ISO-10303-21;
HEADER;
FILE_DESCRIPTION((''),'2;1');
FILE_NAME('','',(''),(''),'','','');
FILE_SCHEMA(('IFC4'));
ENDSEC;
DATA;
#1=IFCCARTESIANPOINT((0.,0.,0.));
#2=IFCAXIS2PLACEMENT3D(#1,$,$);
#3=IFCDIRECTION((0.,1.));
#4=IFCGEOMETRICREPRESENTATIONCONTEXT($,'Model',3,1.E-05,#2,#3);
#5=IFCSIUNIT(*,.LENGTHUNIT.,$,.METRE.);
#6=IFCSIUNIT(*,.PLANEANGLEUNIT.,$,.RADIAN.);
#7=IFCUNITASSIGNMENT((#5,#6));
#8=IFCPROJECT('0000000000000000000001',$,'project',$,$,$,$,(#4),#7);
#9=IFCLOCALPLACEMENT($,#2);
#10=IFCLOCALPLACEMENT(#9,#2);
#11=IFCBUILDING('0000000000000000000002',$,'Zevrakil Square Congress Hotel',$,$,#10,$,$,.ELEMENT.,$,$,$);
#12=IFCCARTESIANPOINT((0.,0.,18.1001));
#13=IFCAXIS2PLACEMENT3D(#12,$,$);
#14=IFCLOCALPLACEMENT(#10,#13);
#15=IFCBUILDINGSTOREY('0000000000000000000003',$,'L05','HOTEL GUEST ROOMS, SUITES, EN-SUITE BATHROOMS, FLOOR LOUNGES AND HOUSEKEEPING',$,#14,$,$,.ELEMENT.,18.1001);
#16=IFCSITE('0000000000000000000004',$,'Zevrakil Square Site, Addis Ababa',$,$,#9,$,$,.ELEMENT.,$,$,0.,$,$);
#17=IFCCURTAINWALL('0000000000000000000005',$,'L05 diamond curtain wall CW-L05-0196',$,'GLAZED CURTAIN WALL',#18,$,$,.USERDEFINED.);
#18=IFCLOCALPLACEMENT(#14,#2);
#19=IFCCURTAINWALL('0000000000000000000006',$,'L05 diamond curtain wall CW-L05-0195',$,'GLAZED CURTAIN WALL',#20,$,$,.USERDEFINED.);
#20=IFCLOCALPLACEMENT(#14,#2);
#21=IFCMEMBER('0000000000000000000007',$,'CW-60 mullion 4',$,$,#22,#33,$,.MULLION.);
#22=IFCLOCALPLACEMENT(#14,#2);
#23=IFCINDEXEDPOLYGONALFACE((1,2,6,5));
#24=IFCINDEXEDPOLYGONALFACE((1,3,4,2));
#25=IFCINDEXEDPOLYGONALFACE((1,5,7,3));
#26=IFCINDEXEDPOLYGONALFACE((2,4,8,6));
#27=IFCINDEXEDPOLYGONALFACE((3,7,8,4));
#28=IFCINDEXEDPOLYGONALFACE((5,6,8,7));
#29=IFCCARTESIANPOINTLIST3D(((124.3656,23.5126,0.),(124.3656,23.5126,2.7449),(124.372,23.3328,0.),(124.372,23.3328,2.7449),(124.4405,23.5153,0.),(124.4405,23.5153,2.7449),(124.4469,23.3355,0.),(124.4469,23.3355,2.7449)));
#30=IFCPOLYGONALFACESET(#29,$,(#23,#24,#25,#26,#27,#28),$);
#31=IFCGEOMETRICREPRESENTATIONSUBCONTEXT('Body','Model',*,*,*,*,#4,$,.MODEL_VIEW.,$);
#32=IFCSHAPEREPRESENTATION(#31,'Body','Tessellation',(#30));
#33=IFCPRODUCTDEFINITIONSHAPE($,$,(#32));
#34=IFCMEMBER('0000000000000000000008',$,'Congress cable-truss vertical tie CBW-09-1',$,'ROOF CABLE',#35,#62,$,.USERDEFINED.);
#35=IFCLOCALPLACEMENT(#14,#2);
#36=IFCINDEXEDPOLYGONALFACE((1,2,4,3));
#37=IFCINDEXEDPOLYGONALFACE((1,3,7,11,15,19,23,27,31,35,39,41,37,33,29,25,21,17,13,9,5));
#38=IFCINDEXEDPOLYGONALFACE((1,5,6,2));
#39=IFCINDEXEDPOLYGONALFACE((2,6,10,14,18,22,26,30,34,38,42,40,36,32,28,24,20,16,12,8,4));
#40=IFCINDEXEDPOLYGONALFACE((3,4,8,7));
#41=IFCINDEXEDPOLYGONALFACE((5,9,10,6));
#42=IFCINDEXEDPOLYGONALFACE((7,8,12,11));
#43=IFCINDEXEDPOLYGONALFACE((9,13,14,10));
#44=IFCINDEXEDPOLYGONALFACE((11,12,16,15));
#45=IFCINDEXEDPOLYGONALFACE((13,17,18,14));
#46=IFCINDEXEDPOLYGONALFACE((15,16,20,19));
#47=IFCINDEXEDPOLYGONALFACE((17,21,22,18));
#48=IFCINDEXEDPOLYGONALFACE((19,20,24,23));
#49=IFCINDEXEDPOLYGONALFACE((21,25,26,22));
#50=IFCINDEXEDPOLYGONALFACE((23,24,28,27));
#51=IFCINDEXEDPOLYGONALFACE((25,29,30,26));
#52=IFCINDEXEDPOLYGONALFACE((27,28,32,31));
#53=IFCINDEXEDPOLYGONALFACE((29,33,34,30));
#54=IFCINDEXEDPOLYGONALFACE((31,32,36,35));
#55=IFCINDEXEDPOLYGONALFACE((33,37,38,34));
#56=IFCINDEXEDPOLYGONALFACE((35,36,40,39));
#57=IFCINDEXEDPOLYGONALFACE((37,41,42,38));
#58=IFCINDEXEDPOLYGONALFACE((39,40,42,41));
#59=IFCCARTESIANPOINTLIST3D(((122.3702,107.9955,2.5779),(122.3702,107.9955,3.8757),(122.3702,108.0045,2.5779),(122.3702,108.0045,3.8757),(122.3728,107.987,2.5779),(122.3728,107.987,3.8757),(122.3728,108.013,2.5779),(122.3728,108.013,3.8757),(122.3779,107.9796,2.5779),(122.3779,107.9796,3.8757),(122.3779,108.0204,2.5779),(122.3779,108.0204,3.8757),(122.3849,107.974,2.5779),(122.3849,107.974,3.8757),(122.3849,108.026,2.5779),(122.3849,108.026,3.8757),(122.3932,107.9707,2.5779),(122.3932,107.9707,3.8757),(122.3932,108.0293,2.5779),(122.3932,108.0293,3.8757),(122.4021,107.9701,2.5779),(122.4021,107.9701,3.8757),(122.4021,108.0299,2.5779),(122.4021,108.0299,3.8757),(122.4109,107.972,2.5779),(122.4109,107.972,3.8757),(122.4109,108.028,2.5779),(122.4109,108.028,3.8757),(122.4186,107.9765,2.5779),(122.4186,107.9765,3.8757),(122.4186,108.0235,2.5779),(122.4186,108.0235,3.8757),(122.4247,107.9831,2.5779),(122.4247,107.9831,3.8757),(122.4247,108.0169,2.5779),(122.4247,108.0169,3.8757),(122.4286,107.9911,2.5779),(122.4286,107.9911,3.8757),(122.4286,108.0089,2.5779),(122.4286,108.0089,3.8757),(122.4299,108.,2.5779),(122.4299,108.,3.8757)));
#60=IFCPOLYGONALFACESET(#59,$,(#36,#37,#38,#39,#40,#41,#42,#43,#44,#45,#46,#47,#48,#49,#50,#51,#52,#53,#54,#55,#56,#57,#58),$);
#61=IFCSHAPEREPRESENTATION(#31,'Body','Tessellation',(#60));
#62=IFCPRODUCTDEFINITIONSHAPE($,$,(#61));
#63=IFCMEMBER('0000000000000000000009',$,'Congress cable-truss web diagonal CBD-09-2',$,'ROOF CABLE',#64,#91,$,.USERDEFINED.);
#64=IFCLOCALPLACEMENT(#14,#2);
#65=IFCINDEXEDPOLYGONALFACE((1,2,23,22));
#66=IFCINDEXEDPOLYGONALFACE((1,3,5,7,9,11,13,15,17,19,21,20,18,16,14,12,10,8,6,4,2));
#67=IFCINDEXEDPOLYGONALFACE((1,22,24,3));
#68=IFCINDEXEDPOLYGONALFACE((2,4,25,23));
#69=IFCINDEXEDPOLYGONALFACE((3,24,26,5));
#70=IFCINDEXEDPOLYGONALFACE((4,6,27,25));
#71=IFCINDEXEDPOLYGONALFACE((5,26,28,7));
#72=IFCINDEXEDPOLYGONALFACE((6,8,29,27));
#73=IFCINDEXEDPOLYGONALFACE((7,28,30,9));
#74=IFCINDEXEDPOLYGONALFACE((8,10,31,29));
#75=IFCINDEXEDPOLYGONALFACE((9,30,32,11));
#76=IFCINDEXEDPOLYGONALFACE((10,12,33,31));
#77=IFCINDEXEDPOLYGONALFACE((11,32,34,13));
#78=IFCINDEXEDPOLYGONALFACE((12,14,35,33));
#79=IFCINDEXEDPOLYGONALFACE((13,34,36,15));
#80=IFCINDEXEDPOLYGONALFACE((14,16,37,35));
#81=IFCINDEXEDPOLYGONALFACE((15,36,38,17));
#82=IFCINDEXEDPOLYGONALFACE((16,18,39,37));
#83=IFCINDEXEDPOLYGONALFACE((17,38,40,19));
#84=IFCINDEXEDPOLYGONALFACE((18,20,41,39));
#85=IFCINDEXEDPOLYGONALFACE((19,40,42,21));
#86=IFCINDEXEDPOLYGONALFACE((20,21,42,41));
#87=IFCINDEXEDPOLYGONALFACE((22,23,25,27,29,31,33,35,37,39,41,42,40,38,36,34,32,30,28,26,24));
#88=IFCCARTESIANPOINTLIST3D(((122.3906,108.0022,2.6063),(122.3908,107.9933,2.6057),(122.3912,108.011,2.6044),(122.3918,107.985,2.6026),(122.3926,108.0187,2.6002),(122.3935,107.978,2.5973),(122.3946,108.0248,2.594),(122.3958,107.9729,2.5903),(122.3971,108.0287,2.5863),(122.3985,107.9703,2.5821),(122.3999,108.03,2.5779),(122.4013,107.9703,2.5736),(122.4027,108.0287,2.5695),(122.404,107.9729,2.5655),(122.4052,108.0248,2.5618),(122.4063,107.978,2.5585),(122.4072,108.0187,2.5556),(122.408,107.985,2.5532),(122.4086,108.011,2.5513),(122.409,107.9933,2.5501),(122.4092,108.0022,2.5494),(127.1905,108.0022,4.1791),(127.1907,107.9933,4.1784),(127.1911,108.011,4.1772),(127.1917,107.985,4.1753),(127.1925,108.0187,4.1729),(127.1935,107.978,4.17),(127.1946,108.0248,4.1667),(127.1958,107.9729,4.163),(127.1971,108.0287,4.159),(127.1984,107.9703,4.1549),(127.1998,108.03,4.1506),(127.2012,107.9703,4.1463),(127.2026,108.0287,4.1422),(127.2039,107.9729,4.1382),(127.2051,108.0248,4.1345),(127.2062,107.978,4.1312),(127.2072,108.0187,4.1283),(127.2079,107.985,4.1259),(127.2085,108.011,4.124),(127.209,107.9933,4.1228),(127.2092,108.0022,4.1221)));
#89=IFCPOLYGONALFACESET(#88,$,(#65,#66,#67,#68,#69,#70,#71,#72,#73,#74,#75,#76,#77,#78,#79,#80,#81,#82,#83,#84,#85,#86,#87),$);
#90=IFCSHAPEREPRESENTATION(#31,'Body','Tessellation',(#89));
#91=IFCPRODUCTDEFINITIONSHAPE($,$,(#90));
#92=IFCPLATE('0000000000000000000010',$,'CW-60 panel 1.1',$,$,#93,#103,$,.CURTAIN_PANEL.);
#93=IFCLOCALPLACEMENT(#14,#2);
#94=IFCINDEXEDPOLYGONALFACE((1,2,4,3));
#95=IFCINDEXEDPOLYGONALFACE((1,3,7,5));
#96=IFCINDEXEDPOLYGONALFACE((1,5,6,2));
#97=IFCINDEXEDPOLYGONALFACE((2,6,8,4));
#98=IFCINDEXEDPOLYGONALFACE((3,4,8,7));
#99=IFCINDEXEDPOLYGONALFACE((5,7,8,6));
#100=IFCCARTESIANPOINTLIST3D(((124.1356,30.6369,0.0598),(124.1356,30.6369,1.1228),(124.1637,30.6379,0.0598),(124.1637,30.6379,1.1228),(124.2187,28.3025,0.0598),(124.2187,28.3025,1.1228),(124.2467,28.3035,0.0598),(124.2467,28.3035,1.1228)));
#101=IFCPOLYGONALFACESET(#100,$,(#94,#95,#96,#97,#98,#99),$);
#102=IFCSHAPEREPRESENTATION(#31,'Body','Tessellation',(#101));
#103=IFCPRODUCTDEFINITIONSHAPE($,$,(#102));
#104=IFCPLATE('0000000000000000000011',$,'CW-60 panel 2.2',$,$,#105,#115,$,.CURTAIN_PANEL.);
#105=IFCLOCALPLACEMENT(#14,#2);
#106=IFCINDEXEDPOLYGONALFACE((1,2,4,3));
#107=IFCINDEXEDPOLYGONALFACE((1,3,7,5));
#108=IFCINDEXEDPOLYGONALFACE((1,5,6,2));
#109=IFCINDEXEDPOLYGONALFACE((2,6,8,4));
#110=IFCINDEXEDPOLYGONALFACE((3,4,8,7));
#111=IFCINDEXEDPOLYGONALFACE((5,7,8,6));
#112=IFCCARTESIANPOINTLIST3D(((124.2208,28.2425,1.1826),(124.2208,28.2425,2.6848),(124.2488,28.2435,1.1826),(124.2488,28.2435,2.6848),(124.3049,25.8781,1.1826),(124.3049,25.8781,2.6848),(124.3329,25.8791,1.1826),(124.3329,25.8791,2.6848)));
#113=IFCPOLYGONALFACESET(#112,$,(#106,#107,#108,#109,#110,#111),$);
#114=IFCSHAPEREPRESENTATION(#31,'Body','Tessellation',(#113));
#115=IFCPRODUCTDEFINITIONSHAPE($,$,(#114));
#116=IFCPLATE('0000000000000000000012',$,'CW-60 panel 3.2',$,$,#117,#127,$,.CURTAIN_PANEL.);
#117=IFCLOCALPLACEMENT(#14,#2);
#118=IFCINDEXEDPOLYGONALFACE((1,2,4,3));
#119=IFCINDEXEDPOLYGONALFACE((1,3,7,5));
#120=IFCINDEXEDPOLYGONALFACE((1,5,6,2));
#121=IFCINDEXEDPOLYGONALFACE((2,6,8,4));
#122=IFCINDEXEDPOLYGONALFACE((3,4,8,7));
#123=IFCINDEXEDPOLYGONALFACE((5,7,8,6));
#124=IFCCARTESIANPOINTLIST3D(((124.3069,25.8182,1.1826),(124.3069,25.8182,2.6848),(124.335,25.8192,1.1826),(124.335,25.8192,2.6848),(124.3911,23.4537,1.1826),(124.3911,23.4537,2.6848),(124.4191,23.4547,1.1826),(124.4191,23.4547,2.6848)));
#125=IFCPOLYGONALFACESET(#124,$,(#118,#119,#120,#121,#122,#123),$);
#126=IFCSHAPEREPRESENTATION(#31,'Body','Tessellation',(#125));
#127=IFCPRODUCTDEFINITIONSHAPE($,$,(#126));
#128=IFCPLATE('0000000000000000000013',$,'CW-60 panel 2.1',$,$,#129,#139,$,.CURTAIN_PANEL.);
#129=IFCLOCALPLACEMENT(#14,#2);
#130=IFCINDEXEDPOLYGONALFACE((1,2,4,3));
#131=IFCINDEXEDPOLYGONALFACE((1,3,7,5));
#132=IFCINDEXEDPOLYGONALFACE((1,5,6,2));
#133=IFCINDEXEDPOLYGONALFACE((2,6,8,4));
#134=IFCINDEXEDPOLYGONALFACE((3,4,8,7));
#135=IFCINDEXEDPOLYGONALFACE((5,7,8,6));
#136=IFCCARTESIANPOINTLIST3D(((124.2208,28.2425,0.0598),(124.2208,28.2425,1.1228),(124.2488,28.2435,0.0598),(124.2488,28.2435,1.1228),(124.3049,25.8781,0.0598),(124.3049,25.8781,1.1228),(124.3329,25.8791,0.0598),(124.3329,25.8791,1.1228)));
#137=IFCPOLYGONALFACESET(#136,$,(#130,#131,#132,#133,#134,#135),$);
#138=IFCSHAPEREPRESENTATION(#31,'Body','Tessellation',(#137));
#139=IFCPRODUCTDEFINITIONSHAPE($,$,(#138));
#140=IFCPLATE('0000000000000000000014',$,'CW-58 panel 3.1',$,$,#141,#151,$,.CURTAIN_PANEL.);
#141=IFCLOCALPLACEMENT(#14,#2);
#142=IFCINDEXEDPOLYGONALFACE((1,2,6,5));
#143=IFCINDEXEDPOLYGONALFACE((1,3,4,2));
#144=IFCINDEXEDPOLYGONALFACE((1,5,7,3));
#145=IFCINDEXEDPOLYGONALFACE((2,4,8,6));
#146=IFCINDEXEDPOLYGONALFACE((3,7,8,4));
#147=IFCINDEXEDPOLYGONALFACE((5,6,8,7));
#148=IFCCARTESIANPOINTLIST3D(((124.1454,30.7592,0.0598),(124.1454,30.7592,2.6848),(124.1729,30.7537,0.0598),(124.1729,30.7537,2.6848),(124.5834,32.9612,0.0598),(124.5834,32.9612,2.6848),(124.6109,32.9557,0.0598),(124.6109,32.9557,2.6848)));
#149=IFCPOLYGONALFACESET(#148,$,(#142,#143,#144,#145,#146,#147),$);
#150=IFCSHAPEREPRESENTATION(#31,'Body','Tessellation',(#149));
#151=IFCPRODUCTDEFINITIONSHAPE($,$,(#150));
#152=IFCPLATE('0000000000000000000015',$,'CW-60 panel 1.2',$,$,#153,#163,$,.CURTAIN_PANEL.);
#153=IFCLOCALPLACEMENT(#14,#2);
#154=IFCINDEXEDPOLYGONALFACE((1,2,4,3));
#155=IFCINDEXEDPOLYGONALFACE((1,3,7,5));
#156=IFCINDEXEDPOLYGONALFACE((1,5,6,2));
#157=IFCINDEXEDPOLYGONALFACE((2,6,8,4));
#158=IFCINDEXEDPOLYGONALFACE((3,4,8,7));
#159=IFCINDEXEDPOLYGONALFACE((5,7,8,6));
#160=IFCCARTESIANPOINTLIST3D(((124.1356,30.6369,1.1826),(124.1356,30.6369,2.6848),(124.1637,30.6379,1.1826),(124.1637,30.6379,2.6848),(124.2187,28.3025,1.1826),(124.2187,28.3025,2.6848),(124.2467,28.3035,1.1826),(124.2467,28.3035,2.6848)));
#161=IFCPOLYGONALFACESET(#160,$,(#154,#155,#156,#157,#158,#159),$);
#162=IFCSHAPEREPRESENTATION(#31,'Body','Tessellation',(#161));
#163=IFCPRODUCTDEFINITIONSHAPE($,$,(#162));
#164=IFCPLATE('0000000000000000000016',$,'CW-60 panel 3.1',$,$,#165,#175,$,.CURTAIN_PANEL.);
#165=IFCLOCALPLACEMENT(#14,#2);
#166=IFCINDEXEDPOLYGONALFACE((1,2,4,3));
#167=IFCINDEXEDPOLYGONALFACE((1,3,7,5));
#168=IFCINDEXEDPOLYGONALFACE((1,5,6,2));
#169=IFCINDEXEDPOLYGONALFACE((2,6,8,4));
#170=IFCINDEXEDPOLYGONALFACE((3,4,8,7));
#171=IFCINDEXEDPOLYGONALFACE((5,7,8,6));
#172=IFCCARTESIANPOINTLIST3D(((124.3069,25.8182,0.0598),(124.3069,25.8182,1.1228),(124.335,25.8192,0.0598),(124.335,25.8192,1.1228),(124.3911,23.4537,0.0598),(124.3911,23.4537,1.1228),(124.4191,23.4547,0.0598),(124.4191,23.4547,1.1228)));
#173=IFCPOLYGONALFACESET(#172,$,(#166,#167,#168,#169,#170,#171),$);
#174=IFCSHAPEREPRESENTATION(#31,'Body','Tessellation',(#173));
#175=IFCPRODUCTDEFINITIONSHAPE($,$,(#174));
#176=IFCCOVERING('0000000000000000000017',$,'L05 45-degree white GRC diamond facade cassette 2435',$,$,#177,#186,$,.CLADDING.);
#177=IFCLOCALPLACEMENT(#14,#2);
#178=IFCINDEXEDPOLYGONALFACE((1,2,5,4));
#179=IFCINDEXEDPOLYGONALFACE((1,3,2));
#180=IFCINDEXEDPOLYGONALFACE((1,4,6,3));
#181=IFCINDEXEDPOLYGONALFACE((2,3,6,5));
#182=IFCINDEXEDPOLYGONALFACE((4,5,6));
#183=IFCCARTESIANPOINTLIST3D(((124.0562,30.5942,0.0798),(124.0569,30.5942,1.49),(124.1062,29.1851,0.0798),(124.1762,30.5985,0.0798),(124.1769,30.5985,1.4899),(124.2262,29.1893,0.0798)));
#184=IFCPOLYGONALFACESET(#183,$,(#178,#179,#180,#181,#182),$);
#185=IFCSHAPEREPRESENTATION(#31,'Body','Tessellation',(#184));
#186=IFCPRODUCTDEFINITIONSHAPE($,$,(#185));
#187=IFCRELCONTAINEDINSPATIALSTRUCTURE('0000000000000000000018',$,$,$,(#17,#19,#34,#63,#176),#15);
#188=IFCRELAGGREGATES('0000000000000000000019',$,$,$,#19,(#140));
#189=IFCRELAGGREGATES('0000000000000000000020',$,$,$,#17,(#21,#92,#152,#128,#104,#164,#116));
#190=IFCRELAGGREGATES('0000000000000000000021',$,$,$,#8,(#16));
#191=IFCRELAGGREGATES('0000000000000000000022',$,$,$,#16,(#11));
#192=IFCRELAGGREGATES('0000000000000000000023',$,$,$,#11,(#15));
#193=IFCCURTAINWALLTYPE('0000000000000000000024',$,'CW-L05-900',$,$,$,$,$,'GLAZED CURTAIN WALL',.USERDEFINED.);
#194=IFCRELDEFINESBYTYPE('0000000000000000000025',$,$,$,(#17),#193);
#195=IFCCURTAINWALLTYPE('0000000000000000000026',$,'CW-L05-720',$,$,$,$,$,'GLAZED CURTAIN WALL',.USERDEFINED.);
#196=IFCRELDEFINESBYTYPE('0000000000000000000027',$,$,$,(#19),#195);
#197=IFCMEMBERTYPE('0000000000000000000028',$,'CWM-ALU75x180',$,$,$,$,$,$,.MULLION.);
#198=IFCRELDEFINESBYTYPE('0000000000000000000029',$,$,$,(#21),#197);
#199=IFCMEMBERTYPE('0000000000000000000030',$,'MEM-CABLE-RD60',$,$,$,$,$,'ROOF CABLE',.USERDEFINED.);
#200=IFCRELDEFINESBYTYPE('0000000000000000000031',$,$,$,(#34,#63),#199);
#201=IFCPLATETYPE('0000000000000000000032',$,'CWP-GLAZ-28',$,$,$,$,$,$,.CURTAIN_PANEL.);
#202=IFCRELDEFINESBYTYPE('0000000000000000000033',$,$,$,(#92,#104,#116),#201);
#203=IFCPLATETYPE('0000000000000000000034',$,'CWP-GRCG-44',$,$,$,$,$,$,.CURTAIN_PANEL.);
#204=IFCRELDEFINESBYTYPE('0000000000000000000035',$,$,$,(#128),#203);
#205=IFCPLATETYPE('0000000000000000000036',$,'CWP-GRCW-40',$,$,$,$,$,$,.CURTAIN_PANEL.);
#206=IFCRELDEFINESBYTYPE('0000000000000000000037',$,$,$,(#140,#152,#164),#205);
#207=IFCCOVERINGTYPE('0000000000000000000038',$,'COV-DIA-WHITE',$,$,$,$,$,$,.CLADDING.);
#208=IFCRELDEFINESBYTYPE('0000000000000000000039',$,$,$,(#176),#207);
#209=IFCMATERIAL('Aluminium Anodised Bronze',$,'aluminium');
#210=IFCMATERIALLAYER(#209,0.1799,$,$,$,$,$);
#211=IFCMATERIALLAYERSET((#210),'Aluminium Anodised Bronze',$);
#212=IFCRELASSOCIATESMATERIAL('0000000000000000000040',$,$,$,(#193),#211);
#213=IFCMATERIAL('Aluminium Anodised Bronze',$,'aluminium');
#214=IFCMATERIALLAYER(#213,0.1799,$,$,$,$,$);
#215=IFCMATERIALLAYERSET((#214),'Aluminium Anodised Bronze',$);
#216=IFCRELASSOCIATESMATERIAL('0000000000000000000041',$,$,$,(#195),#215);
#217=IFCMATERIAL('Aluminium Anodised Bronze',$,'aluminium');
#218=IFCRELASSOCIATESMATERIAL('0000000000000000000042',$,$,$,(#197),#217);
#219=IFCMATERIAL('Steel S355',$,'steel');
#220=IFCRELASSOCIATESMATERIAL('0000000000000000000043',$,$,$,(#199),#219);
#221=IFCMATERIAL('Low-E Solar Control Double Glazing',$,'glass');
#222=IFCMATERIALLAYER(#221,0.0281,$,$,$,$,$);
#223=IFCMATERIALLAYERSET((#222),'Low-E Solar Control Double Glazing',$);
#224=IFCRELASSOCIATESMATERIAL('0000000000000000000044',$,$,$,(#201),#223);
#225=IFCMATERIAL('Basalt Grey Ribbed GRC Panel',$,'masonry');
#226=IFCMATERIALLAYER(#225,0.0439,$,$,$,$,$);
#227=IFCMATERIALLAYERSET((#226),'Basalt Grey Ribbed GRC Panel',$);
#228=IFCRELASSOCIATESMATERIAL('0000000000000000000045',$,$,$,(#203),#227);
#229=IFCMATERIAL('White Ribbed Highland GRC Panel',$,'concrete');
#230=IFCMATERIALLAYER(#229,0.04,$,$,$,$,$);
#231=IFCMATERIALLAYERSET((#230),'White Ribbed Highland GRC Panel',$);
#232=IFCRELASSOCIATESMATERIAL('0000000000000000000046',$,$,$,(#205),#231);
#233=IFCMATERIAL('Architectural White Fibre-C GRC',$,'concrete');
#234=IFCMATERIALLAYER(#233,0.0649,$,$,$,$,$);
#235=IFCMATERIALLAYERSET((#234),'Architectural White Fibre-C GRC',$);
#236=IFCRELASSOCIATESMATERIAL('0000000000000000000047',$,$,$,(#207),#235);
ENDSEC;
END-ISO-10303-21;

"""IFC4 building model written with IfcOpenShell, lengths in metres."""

from ifc_helpers import new_model, si_unit, direction, frame, origin, origin_2d, place, context, subcontext, project, spatial, polyline, rectangle, circle, outline, extrude, material, layer, layer_set, material_profile, profile_set, type_object, element, aggregate, save


model = new_model("IFC4")

# Units and contexts
model_context = context("Model", 3, precision=1e-05, world=origin(), true_north=direction((0.0, 1.0)))
body_context = subcontext(model_context, "Body", "Model", "MODEL_VIEW")
ifc_project = project(units=[si_unit("LENGTHUNIT", "METRE"), si_unit("PLANEANGLEUNIT", "RADIAN")], contexts=[model_context])

# Site, building, storey
site_placement = place(None, origin())
site = spatial("IfcSite", under=ifc_project, at=site_placement, Name="Zevrakil Square Site, Addis Ababa", CompositionType="ELEMENT", RefElevation=0.0)
building_placement = place(site_placement, origin())
building = spatial("IfcBuilding", under=site, at=building_placement, Name="Zevrakil Square Congress Hotel", CompositionType="ELEMENT")
storey_placement = place(building_placement, frame((0.0, 0.0, 18.1001)))
storey = spatial("IfcBuildingStorey", under=building, at=storey_placement, Name="L05", Description="HOTEL GUEST ROOMS, SUITES, EN-SUITE BATHROOMS, FLOOR LOUNGES AND HOUSEKEEPING", CompositionType="ELEMENT", Elevation=18.1001)

# Curtain wall
ifc_material_1 = material(Name="Aluminium Anodised Bronze", Category="aluminium")
ifc_layer_1 = layer(ifc_material_1, 0.1799)
ifc_layer_set_1 = layer_set([ifc_layer_1], Name="Aluminium Anodised Bronze")
curtain_wall_type_1 = type_object("IfcCurtainWallType", Name="CW-L05-900", ElementType="GLAZED CURTAIN WALL", PredefinedType="USERDEFINED", material=ifc_layer_set_1)
curtain_wall_1_placement = place(storey_placement, origin())
curtain_wall_1 = element("IfcCurtainWall", 1, at=curtain_wall_1_placement, inside=storey, type_object=curtain_wall_type_1, Name="L05 diamond curtain wall CW-L05-0196", ObjectType="GLAZED CURTAIN WALL", PredefinedType="USERDEFINED")

# Curtain wall
ifc_material_2 = material(Name="Aluminium Anodised Bronze", Category="aluminium")
ifc_layer_2 = layer(ifc_material_2, 0.1799)
ifc_layer_set_2 = layer_set([ifc_layer_2], Name="Aluminium Anodised Bronze")
curtain_wall_type_2 = type_object("IfcCurtainWallType", Name="CW-L05-720", ElementType="GLAZED CURTAIN WALL", PredefinedType="USERDEFINED", material=ifc_layer_set_2)
curtain_wall_2_placement = place(storey_placement, origin())
curtain_wall_2 = element("IfcCurtainWall", 2, at=curtain_wall_2_placement, inside=storey, type_object=curtain_wall_type_2, Name="L05 diamond curtain wall CW-L05-0195", ObjectType="GLAZED CURTAIN WALL", PredefinedType="USERDEFINED")
ifc_material_3 = material(Name="Aluminium Anodised Bronze", Category="aluminium")
ifc_material_profile_1 = material_profile(ifc_material_3, rectangle(XDim=0.075, YDim=0.1799, at=origin_2d()), Name="ALU 75x180")
ifc_profile_set_1 = profile_set([ifc_material_profile_1], Name="Aluminium Anodised Bronze")
member_type_1 = type_object("IfcMemberType", Name="CWM-ALU75x180", PredefinedType="MULLION", material=ifc_profile_set_1)

# Member
member_1_placement = place(storey_placement, frame((124.4062, 23.4241, 0.0), z_axis=(0.0, 0.0, 1.0), x_axis=(0.999368, 0.035553, 0.0)))
member_1 = element("IfcMember", 3, at=member_1_placement, type_object=member_type_1, Name="CW-60 mullion 4", PredefinedType="MULLION", context=body_context, shape_type="SweptSolid", body=[
    extrude(rectangle(XDim=0.075, YDim=0.1799, at=origin_2d()), origin(), (0.0, 0.0, 1.0), 2.7449),
])

# Members
ifc_material_4 = material(Name="Steel S355", Category="steel")
ifc_material_profile_2 = material_profile(ifc_material_4, circle(Radius=0.03, at=origin_2d()), Name="CABLE RD60")
ifc_profile_set_2 = profile_set([ifc_material_profile_2], Name="Steel S355")
member_type_2 = type_object("IfcMemberType", Name="MEM-CABLE-RD60", ElementType="ROOF CABLE", PredefinedType="USERDEFINED", material=ifc_profile_set_2)
member_2_placement = place(storey_placement, frame((122.3999, 108.0, 2.5779), z_axis=(0.0, 0.0, 1.0), x_axis=(1.0, 0.0, 0.0)))
element("IfcMember", 4, at=member_2_placement, inside=storey, type_object=member_type_2, Name="Congress cable-truss vertical tie CBW-09-1", ObjectType="ROOF CABLE", PredefinedType="USERDEFINED", context=body_context, shape_type="SweptSolid", body=[
    extrude(circle(Radius=0.03, at=origin_2d()), origin(), (0.0, 0.0, 1.0), 1.2979),
])
member_3_placement = place(storey_placement, frame((122.3999, 108.0, 2.5779), z_axis=(0.95029, 0.0, 0.311366), x_axis=(0.0, 1.0, 0.0)))
element("IfcMember", 5, at=member_3_placement, inside=storey, type_object=member_type_2, Name="Congress cable-truss web diagonal CBD-09-2", ObjectType="ROOF CABLE", PredefinedType="USERDEFINED", context=body_context, shape_type="SweptSolid", body=[
    extrude(circle(Radius=0.03, at=origin_2d()), origin(), (0.0, 0.0, 1.0), 5.051),
])

# Plates
ifc_material_5 = material(Name="Low-E Solar Control Double Glazing", Category="glass")
ifc_layer_3 = layer(ifc_material_5, 0.0281)
ifc_layer_set_3 = layer_set([ifc_layer_3], Name="Low-E Solar Control Double Glazing")
plate_type_1 = type_object("IfcPlateType", Name="CWP-GLAZ-28", PredefinedType="CURTAIN_PANEL", material=ifc_layer_set_3)
plate_1_placement = place(storey_placement, frame((124.1912, 29.4702, 0.0598), z_axis=(0.0, 0.0, 1.0), x_axis=(0.035553, -0.999368, 0.0)))
plate_1 = element("IfcPlate", 6, at=plate_1_placement, type_object=plate_type_1, Name="CW-60 panel 1.1", PredefinedType="CURTAIN_PANEL", context=body_context, shape_type="SweptSolid", body=[
    extrude(rectangle(XDim=2.3359, YDim=0.0281, at=origin_2d()), origin(), (0.0, 0.0, 1.0), 1.063),
])
plate_2_placement = place(storey_placement, frame((124.2769, 27.0608, 1.1826), z_axis=(0.0, 0.0, 1.0), x_axis=(0.035553, -0.999368, 0.0)))
plate_2 = element("IfcPlate", 7, at=plate_2_placement, type_object=plate_type_1, Name="CW-60 panel 2.2", PredefinedType="CURTAIN_PANEL", context=body_context, shape_type="SweptSolid", body=[
    extrude(rectangle(XDim=2.366, YDim=0.0281, at=origin_2d()), origin(), (0.0, 0.0, 1.0), 1.5022),
])
plate_3_placement = place(storey_placement, frame((124.363, 24.6365, 1.1826), z_axis=(0.0, 0.0, 1.0), x_axis=(0.035553, -0.999368, 0.0)))
plate_3 = element("IfcPlate", 8, at=plate_3_placement, type_object=plate_type_1, Name="CW-60 panel 3.2", PredefinedType="CURTAIN_PANEL", context=body_context, shape_type="SweptSolid", body=[
    extrude(rectangle(XDim=2.366, YDim=0.0281, at=origin_2d()), origin(), (0.0, 0.0, 1.0), 1.5022),
])
ifc_material_6 = material(Name="Basalt Grey Ribbed GRC Panel", Category="masonry")
ifc_layer_4 = layer(ifc_material_6, 0.0439)
ifc_layer_set_4 = layer_set([ifc_layer_4], Name="Basalt Grey Ribbed GRC Panel")
plate_type_2 = type_object("IfcPlateType", Name="CWP-GRCG-44", PredefinedType="CURTAIN_PANEL", material=ifc_layer_set_4)
plate_4_placement = place(storey_placement, frame((124.2769, 27.0608, 0.0598), z_axis=(0.0, 0.0, 1.0), x_axis=(0.035553, -0.999368, 0.0)))
plate_4 = element("IfcPlate", 9, at=plate_4_placement, type_object=plate_type_2, Name="CW-60 panel 2.1", PredefinedType="CURTAIN_PANEL", context=body_context, shape_type="SweptSolid", body=[
    extrude(rectangle(XDim=2.366, YDim=0.0281, at=origin_2d()), origin(), (0.0, 0.0, 1.0), 1.063),
])
ifc_material_7 = material(Name="White Ribbed Highland GRC Panel", Category="concrete")
ifc_layer_5 = layer(ifc_material_7, 0.04)
ifc_layer_set_5 = layer_set([ifc_layer_5], Name="White Ribbed Highland GRC Panel")
plate_type_3 = type_object("IfcPlateType", Name="CWP-GRCW-40", PredefinedType="CURTAIN_PANEL", material=ifc_layer_set_5)
plate_5_placement = place(storey_placement, frame((124.3782, 31.8574, 0.0598), z_axis=(0.0, 0.0, 1.0), x_axis=(-0.195084, -0.980787, 0.0)))
plate_5 = element("IfcPlate", 10, at=plate_5_placement, type_object=plate_type_3, Name="CW-58 panel 3.1", PredefinedType="CURTAIN_PANEL", context=body_context, shape_type="SweptSolid", body=[
    extrude(rectangle(XDim=2.2451, YDim=0.0281, at=origin_2d()), origin(), (0.0, 0.0, 1.0), 2.625),
])
aggregate(curtain_wall_2, [plate_5])
plate_6_placement = place(storey_placement, frame((124.1912, 29.4702, 1.1826), z_axis=(0.0, 0.0, 1.0), x_axis=(0.035553, -0.999368, 0.0)))
plate_6 = element("IfcPlate", 11, at=plate_6_placement, type_object=plate_type_3, Name="CW-60 panel 1.2", PredefinedType="CURTAIN_PANEL", context=body_context, shape_type="SweptSolid", body=[
    extrude(rectangle(XDim=2.3359, YDim=0.0281, at=origin_2d()), origin(), (0.0, 0.0, 1.0), 1.5022),
])
plate_7_placement = place(storey_placement, frame((124.363, 24.6365, 0.0598), z_axis=(0.0, 0.0, 1.0), x_axis=(0.035553, -0.999368, 0.0)))
plate_7 = element("IfcPlate", 12, at=plate_7_placement, type_object=plate_type_3, Name="CW-60 panel 3.1", PredefinedType="CURTAIN_PANEL", context=body_context, shape_type="SweptSolid", body=[
    extrude(rectangle(XDim=2.366, YDim=0.0281, at=origin_2d()), origin(), (0.0, 0.0, 1.0), 1.063),
])
aggregate(curtain_wall_1, [member_1, plate_1, plate_6, plate_4, plate_2, plate_7, plate_3])

# Covering
ifc_material_8 = material(Name="Architectural White Fibre-C GRC", Category="concrete")
ifc_layer_6 = layer(ifc_material_8, 0.0649)
ifc_layer_set_6 = layer_set([ifc_layer_6], Name="Architectural White Fibre-C GRC")
covering_type_1 = type_object("IfcCoveringType", Name="COV-DIA-WHITE", PredefinedType="CLADDING", material=ifc_layer_set_6)
covering_1_placement = place(storey_placement, frame((124.1062, 29.1851, 0.0798), z_axis=(-0.99937, -0.035494, 0.000519), x_axis=(-0.035494, 0.99937, 0.0)))
element("IfcCovering", 13, at=covering_1_placement, inside=storey, type_object=covering_type_1, Name="L05 45-degree white GRC diamond facade cassette 2435", PredefinedType="CLADDING", context=body_context, shape_type="SweptSolid", body=[
    extrude(outline(polyline([(0.0, 0.0), (1.4101, 0.0), (1.41, -1.4102), (0.0, 0.0)])), origin(), (0.0, 0.0, -1.0), 0.1201),
])

save(model, "model.ifc")
